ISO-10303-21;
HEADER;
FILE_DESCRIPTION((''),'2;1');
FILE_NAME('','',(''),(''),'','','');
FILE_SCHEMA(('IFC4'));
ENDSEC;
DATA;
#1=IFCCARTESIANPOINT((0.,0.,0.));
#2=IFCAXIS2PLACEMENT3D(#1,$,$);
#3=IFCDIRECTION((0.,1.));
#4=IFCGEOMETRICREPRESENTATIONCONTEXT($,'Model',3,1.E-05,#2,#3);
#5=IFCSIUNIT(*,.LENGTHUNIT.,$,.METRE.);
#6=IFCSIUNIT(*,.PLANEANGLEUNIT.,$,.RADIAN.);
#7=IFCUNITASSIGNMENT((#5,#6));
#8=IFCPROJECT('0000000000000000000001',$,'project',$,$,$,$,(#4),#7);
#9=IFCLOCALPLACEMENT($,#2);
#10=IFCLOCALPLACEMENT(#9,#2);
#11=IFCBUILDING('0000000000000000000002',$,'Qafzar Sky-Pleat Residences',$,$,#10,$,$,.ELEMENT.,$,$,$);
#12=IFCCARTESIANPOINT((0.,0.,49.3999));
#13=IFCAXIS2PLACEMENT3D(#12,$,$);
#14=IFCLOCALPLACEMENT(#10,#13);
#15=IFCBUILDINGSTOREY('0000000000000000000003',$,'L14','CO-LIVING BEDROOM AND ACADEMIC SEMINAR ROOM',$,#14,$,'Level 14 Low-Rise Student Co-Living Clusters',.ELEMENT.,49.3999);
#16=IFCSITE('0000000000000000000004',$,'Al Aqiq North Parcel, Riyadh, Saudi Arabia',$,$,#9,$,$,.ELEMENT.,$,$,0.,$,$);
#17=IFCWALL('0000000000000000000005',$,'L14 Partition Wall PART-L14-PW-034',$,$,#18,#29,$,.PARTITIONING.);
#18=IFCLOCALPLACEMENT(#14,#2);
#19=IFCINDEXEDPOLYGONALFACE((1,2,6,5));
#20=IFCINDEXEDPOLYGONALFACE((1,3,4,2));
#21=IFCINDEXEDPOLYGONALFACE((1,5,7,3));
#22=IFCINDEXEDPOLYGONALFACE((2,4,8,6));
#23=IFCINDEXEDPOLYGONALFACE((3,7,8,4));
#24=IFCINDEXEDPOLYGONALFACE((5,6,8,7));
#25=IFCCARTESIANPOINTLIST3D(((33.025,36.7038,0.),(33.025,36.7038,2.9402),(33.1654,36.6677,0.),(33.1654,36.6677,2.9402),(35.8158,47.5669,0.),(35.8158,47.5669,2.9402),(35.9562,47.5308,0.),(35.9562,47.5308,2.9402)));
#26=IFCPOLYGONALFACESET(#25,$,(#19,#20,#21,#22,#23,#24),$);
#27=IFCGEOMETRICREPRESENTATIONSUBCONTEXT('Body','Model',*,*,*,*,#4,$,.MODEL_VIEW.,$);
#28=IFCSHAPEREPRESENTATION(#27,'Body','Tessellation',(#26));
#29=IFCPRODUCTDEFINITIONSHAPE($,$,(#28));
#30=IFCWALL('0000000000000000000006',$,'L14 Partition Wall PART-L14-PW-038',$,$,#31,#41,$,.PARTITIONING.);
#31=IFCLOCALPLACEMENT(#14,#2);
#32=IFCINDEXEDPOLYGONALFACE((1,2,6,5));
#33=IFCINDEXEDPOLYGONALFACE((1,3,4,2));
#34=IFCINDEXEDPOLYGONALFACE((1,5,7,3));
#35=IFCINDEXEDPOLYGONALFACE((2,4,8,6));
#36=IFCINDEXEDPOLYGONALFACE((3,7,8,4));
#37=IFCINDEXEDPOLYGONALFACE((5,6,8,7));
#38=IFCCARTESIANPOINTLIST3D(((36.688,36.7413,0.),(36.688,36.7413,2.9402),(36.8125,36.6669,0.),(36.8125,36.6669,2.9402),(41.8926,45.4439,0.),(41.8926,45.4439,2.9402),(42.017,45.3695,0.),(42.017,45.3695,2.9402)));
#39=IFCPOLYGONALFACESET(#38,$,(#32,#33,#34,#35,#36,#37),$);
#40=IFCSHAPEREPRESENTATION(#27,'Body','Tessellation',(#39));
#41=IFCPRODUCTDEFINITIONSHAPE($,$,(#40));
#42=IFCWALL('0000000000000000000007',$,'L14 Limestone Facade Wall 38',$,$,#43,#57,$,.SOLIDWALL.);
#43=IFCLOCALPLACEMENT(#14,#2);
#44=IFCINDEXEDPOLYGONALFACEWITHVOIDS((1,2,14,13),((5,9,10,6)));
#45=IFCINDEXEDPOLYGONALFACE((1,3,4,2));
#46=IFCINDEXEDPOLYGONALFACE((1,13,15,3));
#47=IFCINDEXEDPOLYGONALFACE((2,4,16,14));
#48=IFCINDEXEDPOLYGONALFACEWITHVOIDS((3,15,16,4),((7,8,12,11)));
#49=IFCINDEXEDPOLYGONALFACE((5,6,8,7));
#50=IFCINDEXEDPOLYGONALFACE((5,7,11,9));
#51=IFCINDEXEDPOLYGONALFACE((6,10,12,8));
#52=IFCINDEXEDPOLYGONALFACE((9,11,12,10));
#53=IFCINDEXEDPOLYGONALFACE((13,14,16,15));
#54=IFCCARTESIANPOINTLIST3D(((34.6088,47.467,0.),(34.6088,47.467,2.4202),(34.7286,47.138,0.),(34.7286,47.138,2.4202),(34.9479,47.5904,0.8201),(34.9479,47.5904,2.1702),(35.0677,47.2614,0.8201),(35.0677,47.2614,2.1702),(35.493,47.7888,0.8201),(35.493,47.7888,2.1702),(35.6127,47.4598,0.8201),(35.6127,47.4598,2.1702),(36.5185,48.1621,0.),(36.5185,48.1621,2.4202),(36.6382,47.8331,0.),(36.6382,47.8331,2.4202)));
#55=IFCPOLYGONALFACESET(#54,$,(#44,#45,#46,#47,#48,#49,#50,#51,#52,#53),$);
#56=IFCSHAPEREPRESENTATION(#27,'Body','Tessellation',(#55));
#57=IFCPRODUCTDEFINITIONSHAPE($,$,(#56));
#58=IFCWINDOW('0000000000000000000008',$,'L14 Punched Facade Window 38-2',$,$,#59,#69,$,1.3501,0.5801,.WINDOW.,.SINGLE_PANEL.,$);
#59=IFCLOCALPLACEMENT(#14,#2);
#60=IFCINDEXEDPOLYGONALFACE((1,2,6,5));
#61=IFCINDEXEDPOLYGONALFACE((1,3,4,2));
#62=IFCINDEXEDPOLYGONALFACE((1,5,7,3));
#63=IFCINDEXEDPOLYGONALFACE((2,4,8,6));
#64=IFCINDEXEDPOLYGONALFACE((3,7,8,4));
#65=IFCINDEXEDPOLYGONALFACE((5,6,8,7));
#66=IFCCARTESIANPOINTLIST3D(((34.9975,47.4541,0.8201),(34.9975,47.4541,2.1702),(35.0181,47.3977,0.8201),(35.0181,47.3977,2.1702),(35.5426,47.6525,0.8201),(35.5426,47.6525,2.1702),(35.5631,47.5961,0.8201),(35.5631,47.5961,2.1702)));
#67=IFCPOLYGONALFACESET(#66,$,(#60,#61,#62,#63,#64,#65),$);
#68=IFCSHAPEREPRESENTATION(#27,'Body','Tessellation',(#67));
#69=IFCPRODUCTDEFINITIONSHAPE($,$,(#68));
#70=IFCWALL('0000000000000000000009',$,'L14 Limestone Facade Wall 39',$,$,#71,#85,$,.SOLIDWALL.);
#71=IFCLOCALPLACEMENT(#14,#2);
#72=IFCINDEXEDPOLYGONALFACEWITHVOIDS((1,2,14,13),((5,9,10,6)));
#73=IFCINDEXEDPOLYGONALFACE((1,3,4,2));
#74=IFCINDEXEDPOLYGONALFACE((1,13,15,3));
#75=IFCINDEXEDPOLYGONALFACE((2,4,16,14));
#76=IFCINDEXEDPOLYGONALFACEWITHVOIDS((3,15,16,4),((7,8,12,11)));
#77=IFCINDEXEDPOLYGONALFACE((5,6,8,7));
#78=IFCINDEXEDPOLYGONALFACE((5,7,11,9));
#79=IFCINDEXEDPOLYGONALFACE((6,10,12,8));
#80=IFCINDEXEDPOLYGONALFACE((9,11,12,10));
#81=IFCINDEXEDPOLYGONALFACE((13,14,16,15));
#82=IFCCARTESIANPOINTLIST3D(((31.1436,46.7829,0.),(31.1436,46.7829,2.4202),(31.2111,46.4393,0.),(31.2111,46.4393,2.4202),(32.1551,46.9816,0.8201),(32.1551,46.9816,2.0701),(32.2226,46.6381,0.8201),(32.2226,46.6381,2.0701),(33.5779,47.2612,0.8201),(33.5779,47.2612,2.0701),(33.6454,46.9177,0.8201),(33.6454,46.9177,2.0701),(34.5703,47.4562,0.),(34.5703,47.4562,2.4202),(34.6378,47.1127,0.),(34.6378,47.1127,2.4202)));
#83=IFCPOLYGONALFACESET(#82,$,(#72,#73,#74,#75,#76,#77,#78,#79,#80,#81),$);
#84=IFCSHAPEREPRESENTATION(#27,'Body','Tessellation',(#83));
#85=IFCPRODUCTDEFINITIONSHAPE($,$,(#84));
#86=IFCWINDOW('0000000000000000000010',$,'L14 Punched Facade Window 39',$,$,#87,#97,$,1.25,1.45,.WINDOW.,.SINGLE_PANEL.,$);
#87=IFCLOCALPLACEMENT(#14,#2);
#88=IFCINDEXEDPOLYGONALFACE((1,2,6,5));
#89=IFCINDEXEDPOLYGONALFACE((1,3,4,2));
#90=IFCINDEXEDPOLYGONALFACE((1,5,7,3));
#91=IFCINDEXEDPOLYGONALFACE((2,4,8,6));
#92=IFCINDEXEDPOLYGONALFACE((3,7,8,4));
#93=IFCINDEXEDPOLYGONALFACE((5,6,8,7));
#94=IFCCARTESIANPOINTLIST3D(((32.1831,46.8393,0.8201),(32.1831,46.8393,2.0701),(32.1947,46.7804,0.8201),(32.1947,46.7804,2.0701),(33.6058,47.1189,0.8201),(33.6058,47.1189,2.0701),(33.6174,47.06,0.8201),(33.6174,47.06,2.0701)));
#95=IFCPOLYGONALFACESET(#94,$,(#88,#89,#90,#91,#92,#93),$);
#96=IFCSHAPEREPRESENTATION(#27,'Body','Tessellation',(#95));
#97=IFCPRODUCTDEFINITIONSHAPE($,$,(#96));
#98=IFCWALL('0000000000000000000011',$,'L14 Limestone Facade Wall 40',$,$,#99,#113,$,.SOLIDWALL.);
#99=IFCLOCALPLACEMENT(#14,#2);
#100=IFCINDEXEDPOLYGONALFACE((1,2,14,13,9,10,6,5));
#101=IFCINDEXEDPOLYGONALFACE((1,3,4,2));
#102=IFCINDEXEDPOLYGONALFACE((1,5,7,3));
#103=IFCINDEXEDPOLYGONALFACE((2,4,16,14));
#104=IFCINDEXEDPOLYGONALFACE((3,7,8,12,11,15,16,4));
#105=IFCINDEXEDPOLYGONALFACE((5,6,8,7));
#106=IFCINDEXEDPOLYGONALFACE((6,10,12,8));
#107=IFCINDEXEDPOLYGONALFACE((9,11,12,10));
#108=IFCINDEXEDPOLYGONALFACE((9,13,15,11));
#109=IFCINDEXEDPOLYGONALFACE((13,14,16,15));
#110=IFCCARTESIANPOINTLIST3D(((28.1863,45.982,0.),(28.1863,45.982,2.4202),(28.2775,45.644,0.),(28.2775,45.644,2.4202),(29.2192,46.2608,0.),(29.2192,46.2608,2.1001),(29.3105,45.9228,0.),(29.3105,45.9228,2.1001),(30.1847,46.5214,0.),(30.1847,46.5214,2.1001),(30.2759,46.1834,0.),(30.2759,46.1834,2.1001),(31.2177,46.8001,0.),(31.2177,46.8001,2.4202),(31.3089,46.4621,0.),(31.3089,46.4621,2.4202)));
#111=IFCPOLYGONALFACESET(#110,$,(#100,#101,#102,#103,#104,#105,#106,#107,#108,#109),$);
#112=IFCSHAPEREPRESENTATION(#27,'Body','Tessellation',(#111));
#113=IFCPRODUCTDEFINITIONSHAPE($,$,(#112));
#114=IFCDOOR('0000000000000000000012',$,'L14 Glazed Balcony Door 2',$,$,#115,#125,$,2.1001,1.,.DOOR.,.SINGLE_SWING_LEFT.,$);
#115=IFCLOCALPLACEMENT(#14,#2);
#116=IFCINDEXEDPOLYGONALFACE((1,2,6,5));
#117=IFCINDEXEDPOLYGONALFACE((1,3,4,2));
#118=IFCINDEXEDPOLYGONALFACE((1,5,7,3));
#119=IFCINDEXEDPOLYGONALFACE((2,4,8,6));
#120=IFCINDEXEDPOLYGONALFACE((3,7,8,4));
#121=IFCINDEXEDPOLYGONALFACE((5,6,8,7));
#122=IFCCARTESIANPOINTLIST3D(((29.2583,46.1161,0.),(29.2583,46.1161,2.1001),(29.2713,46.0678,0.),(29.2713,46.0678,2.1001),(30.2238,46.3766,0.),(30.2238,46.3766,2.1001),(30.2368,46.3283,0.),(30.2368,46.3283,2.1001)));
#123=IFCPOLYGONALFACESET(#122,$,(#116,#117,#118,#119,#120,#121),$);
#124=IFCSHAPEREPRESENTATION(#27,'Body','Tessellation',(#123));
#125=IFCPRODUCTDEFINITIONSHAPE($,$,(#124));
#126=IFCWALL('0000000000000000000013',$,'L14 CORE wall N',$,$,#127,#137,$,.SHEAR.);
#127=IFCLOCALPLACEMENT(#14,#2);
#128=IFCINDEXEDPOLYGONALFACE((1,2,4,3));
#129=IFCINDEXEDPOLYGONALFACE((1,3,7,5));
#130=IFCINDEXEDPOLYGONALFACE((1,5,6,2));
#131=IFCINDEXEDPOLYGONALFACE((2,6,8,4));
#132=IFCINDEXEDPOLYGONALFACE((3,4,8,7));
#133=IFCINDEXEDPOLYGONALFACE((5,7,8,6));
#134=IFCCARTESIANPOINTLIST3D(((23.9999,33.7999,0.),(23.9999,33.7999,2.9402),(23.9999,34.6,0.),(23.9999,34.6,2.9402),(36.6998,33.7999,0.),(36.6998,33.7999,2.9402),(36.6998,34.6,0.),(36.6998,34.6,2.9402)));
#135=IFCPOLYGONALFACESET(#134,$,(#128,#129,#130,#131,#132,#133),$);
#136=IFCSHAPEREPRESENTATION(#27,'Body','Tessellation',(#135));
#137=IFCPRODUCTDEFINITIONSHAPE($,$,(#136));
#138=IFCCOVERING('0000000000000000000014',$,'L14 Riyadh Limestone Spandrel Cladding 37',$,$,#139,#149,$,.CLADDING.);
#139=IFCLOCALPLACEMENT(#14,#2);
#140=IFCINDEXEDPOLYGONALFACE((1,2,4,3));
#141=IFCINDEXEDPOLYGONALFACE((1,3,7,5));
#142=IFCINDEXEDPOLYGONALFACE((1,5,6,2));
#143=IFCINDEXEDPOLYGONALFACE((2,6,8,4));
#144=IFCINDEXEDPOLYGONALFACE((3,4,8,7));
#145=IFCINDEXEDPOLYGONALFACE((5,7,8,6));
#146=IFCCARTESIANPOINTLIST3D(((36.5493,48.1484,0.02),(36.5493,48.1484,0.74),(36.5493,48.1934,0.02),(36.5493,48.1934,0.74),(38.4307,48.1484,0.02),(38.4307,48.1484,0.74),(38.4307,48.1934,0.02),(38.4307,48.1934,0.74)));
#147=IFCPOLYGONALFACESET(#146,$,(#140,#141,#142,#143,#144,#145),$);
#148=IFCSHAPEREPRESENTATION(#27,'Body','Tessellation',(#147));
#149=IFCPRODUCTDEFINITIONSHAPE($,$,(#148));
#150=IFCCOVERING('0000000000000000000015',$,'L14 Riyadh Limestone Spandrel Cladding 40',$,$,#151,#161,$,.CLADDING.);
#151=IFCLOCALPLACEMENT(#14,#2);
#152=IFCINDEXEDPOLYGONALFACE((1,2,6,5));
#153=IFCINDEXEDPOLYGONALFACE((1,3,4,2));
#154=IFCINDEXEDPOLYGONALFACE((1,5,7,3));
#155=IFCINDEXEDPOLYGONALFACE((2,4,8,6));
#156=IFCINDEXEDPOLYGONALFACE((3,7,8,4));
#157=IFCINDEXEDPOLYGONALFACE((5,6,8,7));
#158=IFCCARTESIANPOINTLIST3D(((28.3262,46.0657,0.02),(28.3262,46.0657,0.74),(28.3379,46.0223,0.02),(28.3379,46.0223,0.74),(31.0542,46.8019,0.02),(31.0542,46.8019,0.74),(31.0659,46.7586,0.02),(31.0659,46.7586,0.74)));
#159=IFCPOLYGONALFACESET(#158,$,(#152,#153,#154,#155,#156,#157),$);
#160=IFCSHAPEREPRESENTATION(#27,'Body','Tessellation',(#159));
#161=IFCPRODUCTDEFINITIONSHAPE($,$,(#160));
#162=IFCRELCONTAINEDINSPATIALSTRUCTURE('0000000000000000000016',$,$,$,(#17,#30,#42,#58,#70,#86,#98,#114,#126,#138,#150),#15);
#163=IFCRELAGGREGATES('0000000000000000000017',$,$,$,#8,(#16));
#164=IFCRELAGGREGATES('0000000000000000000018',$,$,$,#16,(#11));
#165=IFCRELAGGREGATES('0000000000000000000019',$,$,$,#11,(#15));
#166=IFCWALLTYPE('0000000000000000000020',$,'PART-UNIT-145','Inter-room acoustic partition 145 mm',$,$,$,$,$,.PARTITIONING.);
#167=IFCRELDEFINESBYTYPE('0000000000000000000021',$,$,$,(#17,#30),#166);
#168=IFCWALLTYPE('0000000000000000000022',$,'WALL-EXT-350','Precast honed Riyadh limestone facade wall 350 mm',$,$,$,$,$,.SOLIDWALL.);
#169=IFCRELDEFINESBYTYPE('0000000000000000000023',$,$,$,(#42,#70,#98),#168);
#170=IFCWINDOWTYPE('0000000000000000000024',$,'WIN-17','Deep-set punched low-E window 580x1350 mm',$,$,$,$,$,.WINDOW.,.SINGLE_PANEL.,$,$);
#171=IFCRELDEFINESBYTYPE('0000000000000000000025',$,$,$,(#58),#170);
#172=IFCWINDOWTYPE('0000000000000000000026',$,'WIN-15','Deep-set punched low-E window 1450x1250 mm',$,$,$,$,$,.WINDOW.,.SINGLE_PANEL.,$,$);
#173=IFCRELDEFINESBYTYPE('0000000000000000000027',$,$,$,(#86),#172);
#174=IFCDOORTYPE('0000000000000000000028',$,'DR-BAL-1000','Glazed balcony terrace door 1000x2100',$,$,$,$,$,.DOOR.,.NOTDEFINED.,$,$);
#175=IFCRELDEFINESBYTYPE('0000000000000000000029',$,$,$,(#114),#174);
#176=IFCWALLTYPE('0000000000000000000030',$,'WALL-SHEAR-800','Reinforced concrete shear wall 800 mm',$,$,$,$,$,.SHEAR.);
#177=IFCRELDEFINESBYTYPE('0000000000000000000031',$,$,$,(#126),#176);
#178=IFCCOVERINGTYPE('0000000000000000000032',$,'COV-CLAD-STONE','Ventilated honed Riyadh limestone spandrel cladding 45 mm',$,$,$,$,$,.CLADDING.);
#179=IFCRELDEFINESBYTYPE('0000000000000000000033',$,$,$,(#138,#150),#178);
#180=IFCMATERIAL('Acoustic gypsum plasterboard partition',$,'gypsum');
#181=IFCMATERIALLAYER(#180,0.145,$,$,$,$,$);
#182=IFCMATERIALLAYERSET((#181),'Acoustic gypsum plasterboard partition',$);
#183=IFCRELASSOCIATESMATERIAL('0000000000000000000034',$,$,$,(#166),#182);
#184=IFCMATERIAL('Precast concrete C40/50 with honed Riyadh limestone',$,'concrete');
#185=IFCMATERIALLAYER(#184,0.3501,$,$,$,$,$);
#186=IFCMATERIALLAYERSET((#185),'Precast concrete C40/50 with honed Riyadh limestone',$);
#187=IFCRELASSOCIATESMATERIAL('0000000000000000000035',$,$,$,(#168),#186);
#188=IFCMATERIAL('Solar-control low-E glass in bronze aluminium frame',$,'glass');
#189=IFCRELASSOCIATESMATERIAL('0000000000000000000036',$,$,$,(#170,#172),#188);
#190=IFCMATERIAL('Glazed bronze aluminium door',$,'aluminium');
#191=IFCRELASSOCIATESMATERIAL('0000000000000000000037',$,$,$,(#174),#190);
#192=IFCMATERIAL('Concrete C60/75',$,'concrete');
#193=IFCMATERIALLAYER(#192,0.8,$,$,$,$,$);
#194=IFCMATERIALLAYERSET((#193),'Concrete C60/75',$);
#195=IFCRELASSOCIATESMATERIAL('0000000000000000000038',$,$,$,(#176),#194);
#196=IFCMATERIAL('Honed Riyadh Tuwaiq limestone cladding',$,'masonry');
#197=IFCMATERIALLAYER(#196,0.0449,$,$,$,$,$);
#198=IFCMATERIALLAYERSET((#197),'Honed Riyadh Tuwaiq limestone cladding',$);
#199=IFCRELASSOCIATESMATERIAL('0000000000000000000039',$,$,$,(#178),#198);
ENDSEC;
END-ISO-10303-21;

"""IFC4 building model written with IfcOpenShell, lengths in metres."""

from ifc_helpers import new_model, si_unit, direction, frame, frame_2d, origin, origin_2d, place, context, subcontext, project, spatial, rectangle, extrude, source, transform, mapped, material, layer, layer_set, type_object, element, fill, save


model = new_model("IFC4")

# Units and contexts
model_context = context("Model", 3, precision=1e-05, world=origin(), true_north=direction((0.0, 1.0)))
body_context = subcontext(model_context, "Body", "Model", "MODEL_VIEW")
ifc_project = project(units=[si_unit("LENGTHUNIT", "METRE"), si_unit("PLANEANGLEUNIT", "RADIAN")], contexts=[model_context])

# Site, building, storey
site_placement = place(None, origin())
site = spatial("IfcSite", under=ifc_project, at=site_placement, Name="Al Aqiq North Parcel, Riyadh, Saudi Arabia", CompositionType="ELEMENT", RefElevation=0.0)
building_placement = place(site_placement, origin())
building = spatial("IfcBuilding", under=site, at=building_placement, Name="Qafzar Sky-Pleat Residences", CompositionType="ELEMENT")
storey_placement = place(building_placement, frame((0.0, 0.0, 49.3999)))
storey = spatial("IfcBuildingStorey", under=building, at=storey_placement, Name="L14", Description="CO-LIVING BEDROOM AND ACADEMIC SEMINAR ROOM", LongName="Level 14 Low-Rise Student Co-Living Clusters", CompositionType="ELEMENT", Elevation=49.3999)

# Shared definitions
ifc_material_1 = material(Name="Acoustic gypsum plasterboard partition", Category="gypsum")

# Walls
ifc_layer_1 = layer(ifc_material_1, 0.145)
ifc_layer_set_1 = layer_set([ifc_layer_1], Name="Acoustic gypsum plasterboard partition")
wall_type_1 = type_object("IfcWallType", Name="PART-UNIT-145", Description="Inter-room acoustic partition 145 mm", PredefinedType="PARTITIONING", material=ifc_layer_set_1)
wall_1_placement = place(storey_placement, frame((33.0952, 36.6858, 0.0), z_axis=(0.0, 0.0, 1.0), x_axis=(0.248825, 0.968548, 0.0)))
element("IfcWall", 1, at=wall_1_placement, inside=storey, type_object=wall_type_1, Name="L14 Partition Wall PART-L14-PW-034", PredefinedType="PARTITIONING", context=body_context, shape_type="SweptSolid", body=[
    extrude(rectangle(XDim=11.2158, YDim=0.145, at=frame_2d((5.6079, 0.0))), origin(), (0.0, 0.0, 1.0), 2.9402),
])
wall_2_placement = place(storey_placement, frame((36.7502, 36.7041, 0.0), z_axis=(0.0, 0.0, 1.0), x_axis=(0.513263, 0.858231, 0.0)))
element("IfcWall", 2, at=wall_2_placement, inside=storey, type_object=wall_type_1, Name="L14 Partition Wall PART-L14-PW-038", PredefinedType="PARTITIONING", context=body_context, shape_type="SweptSolid", body=[
    extrude(rectangle(XDim=10.1401, YDim=0.145, at=frame_2d((5.0701, 0.0))), origin(), (0.0, 0.0, 1.0), 2.9402),
])

# Walls, openings, windows
ifc_material_2 = material(Name="Precast concrete C40/50 with honed Riyadh limestone", Category="concrete")
ifc_layer_2 = layer(ifc_material_2, 0.3501)
ifc_layer_set_2 = layer_set([ifc_layer_2], Name="Precast concrete C40/50 with honed Riyadh limestone")
wall_type_2 = type_object("IfcWallType", Name="WALL-EXT-350", Description="Precast honed Riyadh limestone facade wall 350 mm", PredefinedType="SOLIDWALL", material=ifc_layer_set_2)
wall_3_placement = place(storey_placement, frame((36.5784, 47.9976, 0.0), z_axis=(0.0, 0.0, 1.0), x_axis=(-0.939692, -0.342023, 0.0)))
wall_3 = element("IfcWall", 3, at=wall_3_placement, inside=storey, type_object=wall_type_2, Name="L14 Limestone Facade Wall 38", PredefinedType="SOLIDWALL", context=body_context, shape_type="SweptSolid", body=[
    extrude(rectangle(XDim=2.0322, YDim=0.3501, at=frame_2d((1.0161, 0.0))), origin(), (0.0, 0.0, 1.0), 2.4202),
])
opening_1_placement = place(wall_3_placement, frame((1.0913, 0.0, 0.8201)))
opening_1 = element("IfcOpeningElement", 4, at=opening_1_placement, cuts=wall_3, PredefinedType="OPENING", context=body_context, shape_type="SweptSolid", body=[
    extrude(rectangle(XDim=0.5801, YDim=1.3501, at=frame_2d((0.29, 0.675))), frame((0.0, 0.1851, 0.0), z_axis=(0.0, -1.0, 0.0), x_axis=(1.0, 0.0, 0.0)), (0.0, 0.0, 1.0), 0.3701),
])
ifc_material_3 = material(Name="Solar-control low-E glass in bronze aluminium frame", Category="glass")
window_type_1 = type_object("IfcWindowType", Name="WIN-17", Description="Deep-set punched low-E window 580x1350 mm", PartitioningType="SINGLE_PANEL", PredefinedType="WINDOW", material=ifc_material_3)
shared_shape_1 = source(origin(), body_context, "Body", "SweptSolid", [
    extrude(rectangle(XDim=0.5801, YDim=1.3501, at=frame_2d((0.29, 0.675))), frame((0.0, 0.03, 0.0), z_axis=(0.0, -1.0, 0.0), x_axis=(1.0, 0.0, 0.0)), (0.0, 0.0, 1.0), 0.0601),
])
window_1_placement = place(opening_1_placement, origin())
window_1 = element("IfcWindow", 5, at=window_1_placement, inside=storey, type_object=window_type_1, Name="L14 Punched Facade Window 38-2", OverallHeight=1.3501, OverallWidth=0.5801, PartitioningType="SINGLE_PANEL", PredefinedType="WINDOW", context=body_context, shape_type="MappedRepresentation", body=[
    mapped(shared_shape_1, transform((0.0, 0.0, 0.0), x_axis=(1.0, 0.0, 0.0), y_axis=(0.0, 1.0, 0.0), z_axis=(0.0, 0.0, 1.0), scale=1.0)),
])
fill(opening_1, window_1)
wall_4_placement = place(storey_placement, frame((34.604, 47.2844, 0.0), z_axis=(0.0, 0.0, 1.0), x_axis=(-0.981237, -0.192808, 0.0)))
wall_4 = element("IfcWall", 6, at=wall_4_placement, inside=storey, type_object=wall_type_2, Name="L14 Limestone Facade Wall 39", PredefinedType="SOLIDWALL", context=body_context, shape_type="SweptSolid", body=[
    extrude(rectangle(XDim=3.4922, YDim=0.3501, at=frame_2d((1.7461, 0.0))), origin(), (0.0, 0.0, 1.0), 2.4202),
])
opening_2_placement = place(wall_4_placement, frame((1.0112, 0.0, 0.8201)))
opening_2 = element("IfcOpeningElement", 7, at=opening_2_placement, cuts=wall_4, PredefinedType="OPENING", context=body_context, shape_type="SweptSolid", body=[
    extrude(rectangle(XDim=1.45, YDim=1.25, at=frame_2d((0.7251, 0.625))), frame((0.0, 0.1851, 0.0), z_axis=(0.0, -1.0, 0.0), x_axis=(1.0, 0.0, 0.0)), (0.0, 0.0, 1.0), 0.3701),
])
window_type_2 = type_object("IfcWindowType", Name="WIN-15", Description="Deep-set punched low-E window 1450x1250 mm", PartitioningType="SINGLE_PANEL", PredefinedType="WINDOW", material=ifc_material_3)
shared_shape_2 = source(origin(), body_context, "Body", "SweptSolid", [
    extrude(rectangle(XDim=1.45, YDim=1.25, at=frame_2d((0.7251, 0.625))), frame((0.0, 0.03, 0.0), z_axis=(0.0, -1.0, 0.0), x_axis=(1.0, 0.0, 0.0)), (0.0, 0.0, 1.0), 0.0601),
])
window_2_placement = place(opening_2_placement, origin())
window_2 = element("IfcWindow", 8, at=window_2_placement, inside=storey, type_object=window_type_2, Name="L14 Punched Facade Window 39", OverallHeight=1.25, OverallWidth=1.45, PartitioningType="SINGLE_PANEL", PredefinedType="WINDOW", context=body_context, shape_type="MappedRepresentation", body=[
    mapped(shared_shape_2, transform((0.0, 0.0, 0.0), x_axis=(1.0, 0.0, 0.0), y_axis=(0.0, 1.0, 0.0), z_axis=(0.0, 0.0, 1.0), scale=1.0)),
])
fill(opening_2, window_2)

# Wall, opening, door
wall_5_placement = place(storey_placement, frame((31.2632, 46.6311, 0.0), z_axis=(0.0, 0.0, 1.0), x_axis=(-0.96546, -0.260551, 0.0)))
wall_5 = element("IfcWall", 9, at=wall_5_placement, inside=storey, type_object=wall_type_2, Name="L14 Limestone Facade Wall 40", PredefinedType="SOLIDWALL", context=body_context, shape_type="SweptSolid", body=[
    extrude(rectangle(XDim=3.1399, YDim=0.3501, at=frame_2d((1.5698, 0.0))), origin(), (0.0, 0.0, 1.0), 2.4202),
])
opening_3_placement = place(wall_5_placement, frame((1.0698, 0.0, 0.0)))
opening_3 = element("IfcOpeningElement", 10, at=opening_3_placement, cuts=wall_5, PredefinedType="OPENING", context=body_context, shape_type="SweptSolid", body=[
    extrude(rectangle(XDim=1.0, YDim=2.1001, at=frame_2d((0.5, 1.05))), frame((0.0, 0.1851, 0.0), z_axis=(0.0, -1.0, 0.0), x_axis=(1.0, 0.0, 0.0)), (0.0, 0.0, 1.0), 0.3701),
])
ifc_material_4 = material(Name="Glazed bronze aluminium door", Category="aluminium")
door_type_1 = type_object("IfcDoorType", Name="DR-BAL-1000", Description="Glazed balcony terrace door 1000x2100", OperationType="NOTDEFINED", PredefinedType="DOOR", material=ifc_material_4)
shared_shape_3 = source(origin(), body_context, "Body", "SweptSolid", [
    extrude(rectangle(XDim=1.0, YDim=2.1001, at=frame_2d((0.5, 1.05))), frame((0.0, 0.0249, 0.0), z_axis=(0.0, -1.0, 0.0), x_axis=(1.0, 0.0, 0.0)), (0.0, 0.0, 1.0), 0.05),
])
door_1_placement = place(opening_3_placement, origin())
door_1 = element("IfcDoor", 11, at=door_1_placement, inside=storey, type_object=door_type_1, Name="L14 Glazed Balcony Door 2", OperationType="SINGLE_SWING_LEFT", OverallHeight=2.1001, OverallWidth=1.0, PredefinedType="DOOR", context=body_context, shape_type="MappedRepresentation", body=[
    mapped(shared_shape_3, transform((0.0, 0.0, 0.0), x_axis=(1.0, 0.0, 0.0), y_axis=(0.0, 1.0, 0.0), z_axis=(0.0, 0.0, 1.0), scale=1.0)),
])
fill(opening_3, door_1)

# Wall
ifc_material_5 = material(Name="Concrete C60/75", Category="concrete")
ifc_layer_3 = layer(ifc_material_5, 0.8)
ifc_layer_set_3 = layer_set([ifc_layer_3], Name="Concrete C60/75")
wall_type_3 = type_object("IfcWallType", Name="WALL-SHEAR-800", Description="Reinforced concrete shear wall 800 mm", PredefinedType="SHEAR", material=ifc_layer_set_3)
wall_6_placement = place(storey_placement, frame((36.7, 34.2, 0.0), z_axis=(0.0, 0.0, 1.0), x_axis=(-1.0, 0.0, 0.0)))
element("IfcWall", 12, at=wall_6_placement, inside=storey, type_object=wall_type_3, Name="L14 CORE wall N", PredefinedType="SHEAR", context=body_context, shape_type="SweptSolid", body=[
    extrude(rectangle(XDim=12.7, YDim=0.8, at=frame_2d((6.3501, 0.0))), origin(), (0.0, 0.0, 1.0), 2.9402),
])

# Covering
ifc_material_6 = material(Name="Honed Riyadh Tuwaiq limestone cladding", Category="masonry")
ifc_layer_4 = layer(ifc_material_6, 0.0449)
ifc_layer_set_4 = layer_set([ifc_layer_4], Name="Honed Riyadh Tuwaiq limestone cladding")
covering_type = type_object("IfcCoveringType", Name="COV-CLAD-STONE", Description="Ventilated honed Riyadh limestone spandrel cladding 45 mm", PredefinedType="CLADDING", material=ifc_layer_set_4)
shared_shape_4 = source(origin(), body_context, "Body", "SweptSolid", [
    extrude(rectangle(XDim=1.8813, YDim=0.0449, at=origin_2d()), origin(), (0.0, 0.0, 1.0), 0.72),
])
covering_1_placement = place(storey_placement, frame((37.49, 48.1709, 0.02), z_axis=(0.0, 0.0, 1.0), x_axis=(-1.0, 0.0, 0.0)))
element("IfcCovering", 13, at=covering_1_placement, inside=storey, type_object=covering_type, Name="L14 Riyadh Limestone Spandrel Cladding 37", PredefinedType="CLADDING", context=body_context, shape_type="MappedRepresentation", body=[
    mapped(shared_shape_4, transform((0.0, 0.0, 0.0), x_axis=(1.0, 0.0, 0.0), y_axis=(0.0, 1.0, 0.0), z_axis=(0.0, 0.0, 1.0), scale=1.0)),
])

# Covering
shared_shape_5 = source(origin(), body_context, "Body", "SweptSolid", [
    extrude(rectangle(XDim=2.8257, YDim=0.0449, at=origin_2d()), origin(), (0.0, 0.0, 1.0), 0.72),
])
covering_2_placement = place(storey_placement, frame((29.696, 46.4121, 0.02), z_axis=(0.0, 0.0, 1.0), x_axis=(-0.965457, -0.260562, 0.0)))
element("IfcCovering", 14, at=covering_2_placement, inside=storey, type_object=covering_type, Name="L14 Riyadh Limestone Spandrel Cladding 40", PredefinedType="CLADDING", context=body_context, shape_type="MappedRepresentation", body=[
    mapped(shared_shape_5, transform((0.0, 0.0, 0.0), x_axis=(1.0, 0.0, 0.0), y_axis=(0.0, 1.0, 0.0), z_axis=(0.0, 0.0, 1.0), scale=1.0)),
])

save(model, "model.ifc")
